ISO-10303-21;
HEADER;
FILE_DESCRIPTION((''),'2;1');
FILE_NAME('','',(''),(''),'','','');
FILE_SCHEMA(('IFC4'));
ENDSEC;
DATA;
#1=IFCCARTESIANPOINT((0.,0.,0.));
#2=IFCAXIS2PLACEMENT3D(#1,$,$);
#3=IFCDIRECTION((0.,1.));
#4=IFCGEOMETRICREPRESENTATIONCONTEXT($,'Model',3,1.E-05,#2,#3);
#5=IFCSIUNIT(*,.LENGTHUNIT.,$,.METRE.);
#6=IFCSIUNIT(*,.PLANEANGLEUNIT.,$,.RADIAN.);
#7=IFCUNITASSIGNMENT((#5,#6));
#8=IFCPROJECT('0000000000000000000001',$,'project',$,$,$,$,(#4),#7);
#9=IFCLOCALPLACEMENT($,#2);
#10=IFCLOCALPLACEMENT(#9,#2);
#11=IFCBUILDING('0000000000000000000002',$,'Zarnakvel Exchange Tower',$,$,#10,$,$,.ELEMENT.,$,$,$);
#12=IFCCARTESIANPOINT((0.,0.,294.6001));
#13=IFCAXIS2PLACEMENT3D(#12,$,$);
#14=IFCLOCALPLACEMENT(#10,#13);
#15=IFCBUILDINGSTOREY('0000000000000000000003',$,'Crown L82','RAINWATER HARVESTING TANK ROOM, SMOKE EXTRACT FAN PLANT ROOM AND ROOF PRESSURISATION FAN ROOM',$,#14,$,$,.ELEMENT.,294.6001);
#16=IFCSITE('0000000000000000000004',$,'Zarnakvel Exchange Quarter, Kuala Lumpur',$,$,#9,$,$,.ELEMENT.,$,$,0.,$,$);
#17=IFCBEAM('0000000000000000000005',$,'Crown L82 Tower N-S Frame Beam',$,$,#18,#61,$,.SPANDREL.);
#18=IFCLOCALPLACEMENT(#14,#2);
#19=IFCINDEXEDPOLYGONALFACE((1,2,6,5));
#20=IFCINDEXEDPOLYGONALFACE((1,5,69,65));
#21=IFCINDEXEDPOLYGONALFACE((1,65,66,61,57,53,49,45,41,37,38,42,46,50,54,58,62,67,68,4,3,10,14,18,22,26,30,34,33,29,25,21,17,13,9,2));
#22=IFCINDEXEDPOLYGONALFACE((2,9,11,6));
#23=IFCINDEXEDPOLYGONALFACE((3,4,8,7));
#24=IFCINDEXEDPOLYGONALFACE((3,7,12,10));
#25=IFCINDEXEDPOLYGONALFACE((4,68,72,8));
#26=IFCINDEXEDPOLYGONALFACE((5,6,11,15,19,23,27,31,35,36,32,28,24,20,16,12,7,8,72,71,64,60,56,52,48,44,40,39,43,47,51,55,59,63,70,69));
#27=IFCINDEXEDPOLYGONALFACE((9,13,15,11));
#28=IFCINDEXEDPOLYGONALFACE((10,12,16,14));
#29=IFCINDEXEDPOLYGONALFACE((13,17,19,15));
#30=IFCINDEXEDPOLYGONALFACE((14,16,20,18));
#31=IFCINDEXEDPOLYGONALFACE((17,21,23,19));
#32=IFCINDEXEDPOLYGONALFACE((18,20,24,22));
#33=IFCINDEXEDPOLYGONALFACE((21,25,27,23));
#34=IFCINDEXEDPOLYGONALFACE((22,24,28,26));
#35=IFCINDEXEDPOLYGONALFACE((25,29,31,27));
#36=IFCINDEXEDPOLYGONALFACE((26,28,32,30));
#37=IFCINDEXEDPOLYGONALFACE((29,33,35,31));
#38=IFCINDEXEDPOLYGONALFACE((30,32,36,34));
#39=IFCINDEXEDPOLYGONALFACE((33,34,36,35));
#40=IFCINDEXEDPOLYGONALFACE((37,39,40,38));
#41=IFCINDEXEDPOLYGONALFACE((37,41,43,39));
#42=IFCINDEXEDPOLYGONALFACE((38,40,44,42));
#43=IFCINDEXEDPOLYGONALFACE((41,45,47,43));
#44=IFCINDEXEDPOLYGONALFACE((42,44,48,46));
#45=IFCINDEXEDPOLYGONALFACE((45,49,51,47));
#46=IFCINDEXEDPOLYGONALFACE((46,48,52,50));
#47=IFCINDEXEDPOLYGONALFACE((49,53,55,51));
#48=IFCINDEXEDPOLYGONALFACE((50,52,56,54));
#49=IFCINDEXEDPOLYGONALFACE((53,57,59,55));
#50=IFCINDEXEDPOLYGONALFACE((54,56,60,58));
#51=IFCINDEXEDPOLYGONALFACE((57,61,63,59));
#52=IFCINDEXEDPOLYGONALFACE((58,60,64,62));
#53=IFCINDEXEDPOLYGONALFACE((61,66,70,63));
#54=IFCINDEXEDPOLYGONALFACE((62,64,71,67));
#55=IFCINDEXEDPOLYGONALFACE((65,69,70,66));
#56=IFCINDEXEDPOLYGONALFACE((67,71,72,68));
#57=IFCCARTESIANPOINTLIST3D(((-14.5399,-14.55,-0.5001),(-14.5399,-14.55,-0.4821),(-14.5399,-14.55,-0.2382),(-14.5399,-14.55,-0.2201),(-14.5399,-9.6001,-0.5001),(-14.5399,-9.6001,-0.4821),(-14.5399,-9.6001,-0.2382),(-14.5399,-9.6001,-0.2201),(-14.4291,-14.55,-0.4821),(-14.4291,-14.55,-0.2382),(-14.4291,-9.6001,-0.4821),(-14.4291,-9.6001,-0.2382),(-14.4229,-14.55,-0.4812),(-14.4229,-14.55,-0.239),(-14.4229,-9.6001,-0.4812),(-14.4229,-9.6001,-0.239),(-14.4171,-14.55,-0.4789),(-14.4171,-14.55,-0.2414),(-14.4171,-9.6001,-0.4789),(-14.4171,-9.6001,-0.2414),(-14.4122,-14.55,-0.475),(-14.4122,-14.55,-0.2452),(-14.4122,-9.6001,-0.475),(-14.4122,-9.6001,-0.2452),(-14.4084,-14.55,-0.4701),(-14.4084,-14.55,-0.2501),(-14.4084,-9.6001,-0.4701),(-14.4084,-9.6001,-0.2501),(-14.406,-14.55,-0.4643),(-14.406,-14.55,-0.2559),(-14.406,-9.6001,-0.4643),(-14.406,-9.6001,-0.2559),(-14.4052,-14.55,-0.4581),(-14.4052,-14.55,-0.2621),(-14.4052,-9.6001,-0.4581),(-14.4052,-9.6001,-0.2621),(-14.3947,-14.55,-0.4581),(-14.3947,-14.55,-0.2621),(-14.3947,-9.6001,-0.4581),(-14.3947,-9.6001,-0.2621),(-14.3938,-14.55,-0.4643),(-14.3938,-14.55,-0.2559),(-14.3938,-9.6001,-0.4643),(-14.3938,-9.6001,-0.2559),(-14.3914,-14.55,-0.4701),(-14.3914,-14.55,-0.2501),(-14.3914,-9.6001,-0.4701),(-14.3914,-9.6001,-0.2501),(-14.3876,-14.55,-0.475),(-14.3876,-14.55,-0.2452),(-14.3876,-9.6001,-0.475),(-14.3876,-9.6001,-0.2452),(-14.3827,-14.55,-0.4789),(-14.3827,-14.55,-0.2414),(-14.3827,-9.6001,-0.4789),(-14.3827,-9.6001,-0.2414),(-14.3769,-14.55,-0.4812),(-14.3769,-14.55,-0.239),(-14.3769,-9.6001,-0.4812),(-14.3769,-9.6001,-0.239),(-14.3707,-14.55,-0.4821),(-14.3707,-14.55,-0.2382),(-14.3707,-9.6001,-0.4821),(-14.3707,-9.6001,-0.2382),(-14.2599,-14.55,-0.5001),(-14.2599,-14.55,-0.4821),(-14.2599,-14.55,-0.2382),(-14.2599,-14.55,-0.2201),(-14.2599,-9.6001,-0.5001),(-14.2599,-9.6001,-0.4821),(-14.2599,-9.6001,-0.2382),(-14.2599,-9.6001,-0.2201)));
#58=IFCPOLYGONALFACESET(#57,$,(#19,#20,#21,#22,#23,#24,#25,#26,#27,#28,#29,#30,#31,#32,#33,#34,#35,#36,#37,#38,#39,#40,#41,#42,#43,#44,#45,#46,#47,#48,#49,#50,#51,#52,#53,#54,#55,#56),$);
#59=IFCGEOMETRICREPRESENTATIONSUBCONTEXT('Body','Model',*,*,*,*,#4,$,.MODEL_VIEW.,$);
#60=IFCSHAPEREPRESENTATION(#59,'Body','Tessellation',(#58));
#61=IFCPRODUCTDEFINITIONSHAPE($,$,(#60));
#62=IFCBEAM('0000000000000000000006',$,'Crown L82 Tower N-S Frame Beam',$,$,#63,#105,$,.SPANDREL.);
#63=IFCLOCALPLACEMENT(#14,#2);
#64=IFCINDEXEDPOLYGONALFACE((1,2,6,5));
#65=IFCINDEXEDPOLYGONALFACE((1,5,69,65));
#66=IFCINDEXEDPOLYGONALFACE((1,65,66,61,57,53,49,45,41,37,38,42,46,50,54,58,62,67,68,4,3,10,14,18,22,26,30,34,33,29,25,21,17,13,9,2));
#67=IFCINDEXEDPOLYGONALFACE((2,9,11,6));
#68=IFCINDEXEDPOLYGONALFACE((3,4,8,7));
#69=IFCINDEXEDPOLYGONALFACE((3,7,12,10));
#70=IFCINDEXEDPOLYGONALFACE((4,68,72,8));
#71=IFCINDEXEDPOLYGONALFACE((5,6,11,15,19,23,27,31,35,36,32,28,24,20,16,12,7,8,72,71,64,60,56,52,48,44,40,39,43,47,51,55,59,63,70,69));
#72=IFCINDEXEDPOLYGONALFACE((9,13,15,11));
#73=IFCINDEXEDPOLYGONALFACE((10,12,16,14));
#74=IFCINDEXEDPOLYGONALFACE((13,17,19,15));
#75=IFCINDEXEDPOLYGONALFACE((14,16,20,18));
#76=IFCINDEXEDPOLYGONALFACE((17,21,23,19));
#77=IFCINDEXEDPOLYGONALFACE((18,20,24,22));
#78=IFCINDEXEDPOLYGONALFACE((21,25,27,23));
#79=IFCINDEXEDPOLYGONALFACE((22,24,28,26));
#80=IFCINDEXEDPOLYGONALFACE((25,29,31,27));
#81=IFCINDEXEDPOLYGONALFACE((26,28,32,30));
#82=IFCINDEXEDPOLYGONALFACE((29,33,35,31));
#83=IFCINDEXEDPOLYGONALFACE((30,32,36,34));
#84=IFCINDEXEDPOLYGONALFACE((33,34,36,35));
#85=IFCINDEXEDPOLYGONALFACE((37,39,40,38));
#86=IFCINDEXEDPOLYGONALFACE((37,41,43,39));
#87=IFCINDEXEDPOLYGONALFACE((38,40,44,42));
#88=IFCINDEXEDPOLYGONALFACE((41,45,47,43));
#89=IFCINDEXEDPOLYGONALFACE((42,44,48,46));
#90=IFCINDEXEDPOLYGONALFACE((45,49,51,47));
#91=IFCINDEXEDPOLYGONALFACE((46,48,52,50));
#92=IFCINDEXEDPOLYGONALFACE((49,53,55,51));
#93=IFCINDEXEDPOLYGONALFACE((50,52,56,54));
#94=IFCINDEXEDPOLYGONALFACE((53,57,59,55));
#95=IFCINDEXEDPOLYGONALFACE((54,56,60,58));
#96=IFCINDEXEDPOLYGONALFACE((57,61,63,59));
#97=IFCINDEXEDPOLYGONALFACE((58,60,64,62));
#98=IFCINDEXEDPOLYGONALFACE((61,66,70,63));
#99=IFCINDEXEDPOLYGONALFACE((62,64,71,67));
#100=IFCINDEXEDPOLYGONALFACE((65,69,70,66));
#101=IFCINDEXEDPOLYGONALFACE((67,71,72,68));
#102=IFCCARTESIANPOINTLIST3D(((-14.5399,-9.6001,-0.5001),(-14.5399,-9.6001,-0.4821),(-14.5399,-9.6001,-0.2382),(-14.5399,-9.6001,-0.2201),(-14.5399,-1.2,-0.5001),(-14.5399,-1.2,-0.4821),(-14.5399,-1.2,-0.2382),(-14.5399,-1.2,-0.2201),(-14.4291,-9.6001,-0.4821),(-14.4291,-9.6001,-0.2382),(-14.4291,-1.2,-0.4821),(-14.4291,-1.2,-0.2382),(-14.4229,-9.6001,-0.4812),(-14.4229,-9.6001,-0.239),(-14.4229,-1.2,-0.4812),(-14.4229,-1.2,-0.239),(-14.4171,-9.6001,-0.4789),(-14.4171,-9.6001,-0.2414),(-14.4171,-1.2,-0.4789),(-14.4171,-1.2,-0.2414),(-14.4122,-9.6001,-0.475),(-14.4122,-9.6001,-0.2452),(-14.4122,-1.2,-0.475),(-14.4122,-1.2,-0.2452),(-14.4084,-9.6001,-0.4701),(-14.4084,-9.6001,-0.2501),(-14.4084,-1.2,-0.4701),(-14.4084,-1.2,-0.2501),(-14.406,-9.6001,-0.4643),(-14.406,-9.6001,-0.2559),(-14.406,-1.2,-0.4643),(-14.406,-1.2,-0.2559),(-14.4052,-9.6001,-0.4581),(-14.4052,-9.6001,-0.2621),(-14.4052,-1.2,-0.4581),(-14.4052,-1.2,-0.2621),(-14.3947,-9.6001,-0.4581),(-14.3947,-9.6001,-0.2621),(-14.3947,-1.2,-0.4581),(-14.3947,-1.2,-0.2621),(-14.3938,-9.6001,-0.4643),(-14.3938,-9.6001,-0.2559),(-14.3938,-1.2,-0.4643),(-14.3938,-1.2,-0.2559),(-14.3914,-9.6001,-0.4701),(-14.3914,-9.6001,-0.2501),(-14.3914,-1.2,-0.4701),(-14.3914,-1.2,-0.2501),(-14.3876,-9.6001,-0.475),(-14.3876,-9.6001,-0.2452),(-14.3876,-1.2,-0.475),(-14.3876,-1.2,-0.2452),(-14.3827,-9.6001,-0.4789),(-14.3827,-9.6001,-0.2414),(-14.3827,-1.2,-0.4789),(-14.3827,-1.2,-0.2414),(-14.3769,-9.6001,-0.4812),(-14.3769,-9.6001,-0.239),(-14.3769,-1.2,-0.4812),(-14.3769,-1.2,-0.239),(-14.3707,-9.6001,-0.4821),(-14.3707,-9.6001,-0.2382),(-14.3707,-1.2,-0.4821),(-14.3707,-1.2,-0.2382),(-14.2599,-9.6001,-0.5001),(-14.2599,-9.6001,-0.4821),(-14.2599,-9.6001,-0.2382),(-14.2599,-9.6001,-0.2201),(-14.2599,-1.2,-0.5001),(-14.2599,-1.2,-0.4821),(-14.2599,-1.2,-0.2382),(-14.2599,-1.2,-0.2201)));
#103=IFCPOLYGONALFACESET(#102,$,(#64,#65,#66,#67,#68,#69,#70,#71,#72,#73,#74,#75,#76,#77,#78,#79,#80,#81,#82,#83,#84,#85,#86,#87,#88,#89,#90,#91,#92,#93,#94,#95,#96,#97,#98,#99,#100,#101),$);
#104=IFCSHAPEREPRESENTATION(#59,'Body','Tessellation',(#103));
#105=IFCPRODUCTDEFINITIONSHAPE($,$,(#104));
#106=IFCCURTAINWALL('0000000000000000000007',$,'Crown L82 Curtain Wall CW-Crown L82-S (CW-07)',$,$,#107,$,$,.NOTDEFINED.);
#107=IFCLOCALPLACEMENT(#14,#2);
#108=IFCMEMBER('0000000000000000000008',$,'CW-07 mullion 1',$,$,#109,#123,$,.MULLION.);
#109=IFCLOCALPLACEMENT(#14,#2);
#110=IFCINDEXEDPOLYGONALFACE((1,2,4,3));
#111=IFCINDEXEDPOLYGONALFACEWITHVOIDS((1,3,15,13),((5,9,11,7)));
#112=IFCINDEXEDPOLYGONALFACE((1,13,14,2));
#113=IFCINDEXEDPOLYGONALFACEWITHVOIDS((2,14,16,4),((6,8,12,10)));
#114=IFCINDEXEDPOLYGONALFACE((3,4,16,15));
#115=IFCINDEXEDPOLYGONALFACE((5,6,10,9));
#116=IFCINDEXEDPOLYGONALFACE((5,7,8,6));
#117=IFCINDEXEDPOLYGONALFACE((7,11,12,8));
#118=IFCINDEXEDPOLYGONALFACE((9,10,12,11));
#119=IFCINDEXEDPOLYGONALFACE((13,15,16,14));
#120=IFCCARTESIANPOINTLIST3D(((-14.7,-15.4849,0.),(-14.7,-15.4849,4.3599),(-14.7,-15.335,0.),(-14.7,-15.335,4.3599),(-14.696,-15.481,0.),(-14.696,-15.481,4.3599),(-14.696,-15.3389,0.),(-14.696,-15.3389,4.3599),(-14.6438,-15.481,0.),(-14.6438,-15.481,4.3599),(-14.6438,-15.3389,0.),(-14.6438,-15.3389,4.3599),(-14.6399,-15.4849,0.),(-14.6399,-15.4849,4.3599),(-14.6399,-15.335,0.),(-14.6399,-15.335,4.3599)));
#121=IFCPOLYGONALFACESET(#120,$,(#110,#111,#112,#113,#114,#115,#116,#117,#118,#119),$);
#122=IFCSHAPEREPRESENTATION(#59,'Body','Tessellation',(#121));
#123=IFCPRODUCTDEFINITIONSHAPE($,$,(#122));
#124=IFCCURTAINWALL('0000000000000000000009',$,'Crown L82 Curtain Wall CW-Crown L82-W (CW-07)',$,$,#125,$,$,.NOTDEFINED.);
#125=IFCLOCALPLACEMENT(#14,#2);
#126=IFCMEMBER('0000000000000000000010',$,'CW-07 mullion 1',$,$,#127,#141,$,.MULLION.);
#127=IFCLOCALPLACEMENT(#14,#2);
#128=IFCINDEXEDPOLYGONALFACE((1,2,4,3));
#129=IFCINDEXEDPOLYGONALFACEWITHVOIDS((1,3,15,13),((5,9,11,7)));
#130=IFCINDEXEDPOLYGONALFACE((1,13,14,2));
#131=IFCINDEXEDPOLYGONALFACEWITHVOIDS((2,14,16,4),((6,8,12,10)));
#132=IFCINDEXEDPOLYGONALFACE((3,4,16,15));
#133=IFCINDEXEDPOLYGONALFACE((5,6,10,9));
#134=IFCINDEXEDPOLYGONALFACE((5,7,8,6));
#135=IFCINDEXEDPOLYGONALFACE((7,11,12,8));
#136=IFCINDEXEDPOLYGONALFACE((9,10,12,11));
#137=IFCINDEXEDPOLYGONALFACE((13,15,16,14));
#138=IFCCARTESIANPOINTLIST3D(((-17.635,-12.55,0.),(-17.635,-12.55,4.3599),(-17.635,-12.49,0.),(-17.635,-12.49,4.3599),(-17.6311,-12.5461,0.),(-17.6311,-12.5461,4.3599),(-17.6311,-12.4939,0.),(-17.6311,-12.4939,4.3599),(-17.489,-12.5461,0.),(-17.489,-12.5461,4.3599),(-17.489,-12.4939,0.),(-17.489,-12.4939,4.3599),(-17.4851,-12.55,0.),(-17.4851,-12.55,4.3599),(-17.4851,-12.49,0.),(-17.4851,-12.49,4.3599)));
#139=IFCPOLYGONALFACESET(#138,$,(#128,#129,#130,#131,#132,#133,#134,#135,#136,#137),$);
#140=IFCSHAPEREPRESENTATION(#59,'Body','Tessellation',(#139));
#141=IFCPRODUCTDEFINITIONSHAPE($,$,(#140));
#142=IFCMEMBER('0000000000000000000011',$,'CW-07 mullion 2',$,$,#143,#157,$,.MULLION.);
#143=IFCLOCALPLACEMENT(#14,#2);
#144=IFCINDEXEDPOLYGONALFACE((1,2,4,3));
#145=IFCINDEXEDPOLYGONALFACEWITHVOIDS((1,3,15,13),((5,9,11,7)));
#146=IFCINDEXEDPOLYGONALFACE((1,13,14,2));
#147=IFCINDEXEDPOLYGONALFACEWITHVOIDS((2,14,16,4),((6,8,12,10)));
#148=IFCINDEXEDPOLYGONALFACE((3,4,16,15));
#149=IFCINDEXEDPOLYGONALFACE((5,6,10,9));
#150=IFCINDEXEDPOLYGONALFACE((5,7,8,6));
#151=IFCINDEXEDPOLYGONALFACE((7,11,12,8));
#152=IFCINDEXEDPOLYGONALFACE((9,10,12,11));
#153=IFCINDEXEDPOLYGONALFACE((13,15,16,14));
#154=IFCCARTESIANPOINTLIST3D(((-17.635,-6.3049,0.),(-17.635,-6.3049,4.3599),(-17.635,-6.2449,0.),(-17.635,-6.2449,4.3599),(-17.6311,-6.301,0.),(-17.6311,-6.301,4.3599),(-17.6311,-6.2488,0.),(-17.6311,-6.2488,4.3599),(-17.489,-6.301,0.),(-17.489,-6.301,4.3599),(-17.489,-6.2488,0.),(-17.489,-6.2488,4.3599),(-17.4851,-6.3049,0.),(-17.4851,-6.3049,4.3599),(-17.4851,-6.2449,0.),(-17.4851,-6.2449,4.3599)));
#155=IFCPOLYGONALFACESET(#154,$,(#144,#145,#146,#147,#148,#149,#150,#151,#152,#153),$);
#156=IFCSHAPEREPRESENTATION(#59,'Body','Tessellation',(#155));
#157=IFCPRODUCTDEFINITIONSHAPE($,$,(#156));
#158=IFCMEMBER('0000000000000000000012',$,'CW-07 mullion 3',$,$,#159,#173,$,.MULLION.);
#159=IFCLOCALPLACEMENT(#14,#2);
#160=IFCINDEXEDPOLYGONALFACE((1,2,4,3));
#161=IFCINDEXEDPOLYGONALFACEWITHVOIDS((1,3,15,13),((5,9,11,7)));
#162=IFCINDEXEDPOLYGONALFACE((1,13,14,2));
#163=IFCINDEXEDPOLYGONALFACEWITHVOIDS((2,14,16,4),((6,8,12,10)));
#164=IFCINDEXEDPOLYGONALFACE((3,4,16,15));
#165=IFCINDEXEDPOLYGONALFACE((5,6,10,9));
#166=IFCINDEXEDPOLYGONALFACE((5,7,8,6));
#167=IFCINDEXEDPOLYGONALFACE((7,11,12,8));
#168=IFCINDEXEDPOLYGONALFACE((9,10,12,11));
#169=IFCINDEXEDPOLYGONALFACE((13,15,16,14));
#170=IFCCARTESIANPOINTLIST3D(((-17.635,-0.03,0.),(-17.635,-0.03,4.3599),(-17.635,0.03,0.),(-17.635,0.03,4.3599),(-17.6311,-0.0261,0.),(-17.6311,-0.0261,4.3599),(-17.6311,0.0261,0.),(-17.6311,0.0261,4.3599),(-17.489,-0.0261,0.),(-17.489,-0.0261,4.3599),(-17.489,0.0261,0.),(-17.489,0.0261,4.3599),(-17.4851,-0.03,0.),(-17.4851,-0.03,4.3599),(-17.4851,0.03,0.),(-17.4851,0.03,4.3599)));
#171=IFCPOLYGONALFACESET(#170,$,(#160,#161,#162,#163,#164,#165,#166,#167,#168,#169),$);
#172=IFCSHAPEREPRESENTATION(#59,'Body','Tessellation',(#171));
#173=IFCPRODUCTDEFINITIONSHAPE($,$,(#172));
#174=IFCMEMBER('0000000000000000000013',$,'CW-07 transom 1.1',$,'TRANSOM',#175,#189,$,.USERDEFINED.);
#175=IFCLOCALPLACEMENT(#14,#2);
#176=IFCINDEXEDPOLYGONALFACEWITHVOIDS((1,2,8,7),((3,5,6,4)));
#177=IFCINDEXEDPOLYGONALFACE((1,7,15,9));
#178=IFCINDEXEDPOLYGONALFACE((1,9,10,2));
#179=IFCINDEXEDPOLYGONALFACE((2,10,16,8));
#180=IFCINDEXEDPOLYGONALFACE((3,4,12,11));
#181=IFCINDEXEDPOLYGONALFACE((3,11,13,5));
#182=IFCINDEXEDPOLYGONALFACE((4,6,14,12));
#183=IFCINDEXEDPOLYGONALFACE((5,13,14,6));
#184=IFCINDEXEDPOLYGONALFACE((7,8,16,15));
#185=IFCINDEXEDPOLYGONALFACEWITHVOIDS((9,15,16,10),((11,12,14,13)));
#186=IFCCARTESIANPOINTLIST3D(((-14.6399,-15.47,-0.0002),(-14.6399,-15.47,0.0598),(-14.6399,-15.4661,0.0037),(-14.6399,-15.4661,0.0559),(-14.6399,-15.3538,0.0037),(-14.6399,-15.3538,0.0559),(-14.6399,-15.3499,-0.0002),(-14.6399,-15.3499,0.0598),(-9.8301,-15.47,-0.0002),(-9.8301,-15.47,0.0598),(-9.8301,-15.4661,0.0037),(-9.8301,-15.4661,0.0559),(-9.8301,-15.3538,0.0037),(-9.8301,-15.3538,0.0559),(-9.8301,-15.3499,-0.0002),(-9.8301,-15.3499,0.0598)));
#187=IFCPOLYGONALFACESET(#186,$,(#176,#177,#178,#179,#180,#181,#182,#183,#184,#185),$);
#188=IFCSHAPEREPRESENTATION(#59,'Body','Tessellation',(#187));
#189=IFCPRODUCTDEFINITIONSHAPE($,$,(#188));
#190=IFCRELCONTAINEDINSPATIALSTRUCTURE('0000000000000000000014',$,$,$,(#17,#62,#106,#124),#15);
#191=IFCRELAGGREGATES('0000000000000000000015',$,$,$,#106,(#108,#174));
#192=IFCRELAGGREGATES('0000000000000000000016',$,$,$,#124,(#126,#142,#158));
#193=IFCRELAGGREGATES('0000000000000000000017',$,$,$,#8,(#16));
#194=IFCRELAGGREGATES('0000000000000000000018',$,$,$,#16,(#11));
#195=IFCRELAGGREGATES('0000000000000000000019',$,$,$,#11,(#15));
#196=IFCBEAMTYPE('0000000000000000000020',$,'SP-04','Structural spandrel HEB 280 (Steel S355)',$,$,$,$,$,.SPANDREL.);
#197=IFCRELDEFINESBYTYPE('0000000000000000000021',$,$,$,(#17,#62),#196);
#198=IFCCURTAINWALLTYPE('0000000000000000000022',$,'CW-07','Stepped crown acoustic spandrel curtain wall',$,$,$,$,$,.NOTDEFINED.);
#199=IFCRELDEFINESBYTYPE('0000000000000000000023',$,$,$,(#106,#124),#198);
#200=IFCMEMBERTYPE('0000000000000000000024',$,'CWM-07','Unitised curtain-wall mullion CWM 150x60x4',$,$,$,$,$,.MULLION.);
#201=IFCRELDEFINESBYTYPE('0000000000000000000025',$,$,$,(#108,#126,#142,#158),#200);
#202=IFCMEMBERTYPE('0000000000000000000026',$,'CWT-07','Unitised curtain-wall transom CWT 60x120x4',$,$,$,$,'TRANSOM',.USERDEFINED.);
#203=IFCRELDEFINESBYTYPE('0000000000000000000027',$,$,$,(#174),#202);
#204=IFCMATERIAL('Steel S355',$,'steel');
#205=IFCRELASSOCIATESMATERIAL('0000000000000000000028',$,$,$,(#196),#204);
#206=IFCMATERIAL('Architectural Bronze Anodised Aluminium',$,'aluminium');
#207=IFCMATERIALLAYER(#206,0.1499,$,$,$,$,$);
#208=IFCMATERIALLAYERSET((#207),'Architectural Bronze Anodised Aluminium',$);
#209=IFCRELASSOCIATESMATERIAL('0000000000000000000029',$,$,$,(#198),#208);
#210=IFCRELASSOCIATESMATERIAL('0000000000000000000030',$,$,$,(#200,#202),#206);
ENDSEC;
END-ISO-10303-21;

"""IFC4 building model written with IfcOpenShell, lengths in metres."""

from ifc_helpers import new_model, si_unit, direction, frame, origin, origin_2d, place, context, subcontext, project, spatial, hollow_rectangle, i_section, extrude, source, transform, mapped, material, layer, layer_set, material_profile, profile_set, type_object, element, aggregate, save


model = new_model("IFC4")

# Units and contexts
model_context = context("Model", 3, precision=1e-05, world=origin(), true_north=direction((0.0, 1.0)))
body_context = subcontext(model_context, "Body", "Model", "MODEL_VIEW")
ifc_project = project(units=[si_unit("LENGTHUNIT", "METRE"), si_unit("PLANEANGLEUNIT", "RADIAN")], contexts=[model_context])

# Site, building, storey
site_placement = place(None, origin())
site = spatial("IfcSite", under=ifc_project, at=site_placement, Name="Zarnakvel Exchange Quarter, Kuala Lumpur", CompositionType="ELEMENT", RefElevation=0.0)
building_placement = place(site_placement, origin())
building = spatial("IfcBuilding", under=site, at=building_placement, Name="Zarnakvel Exchange Tower", CompositionType="ELEMENT")
storey_placement = place(building_placement, frame((0.0, 0.0, 294.6001)))
storey = spatial("IfcBuildingStorey", under=building, at=storey_placement, Name="Crown L82", Description="RAINWATER HARVESTING TANK ROOM, SMOKE EXTRACT FAN PLANT ROOM AND ROOF PRESSURISATION FAN ROOM", CompositionType="ELEMENT", Elevation=294.6001)

# Shared definitions
ifc_material_1 = material(Name="Steel S355", Category="steel")

# Beams
ifc_material_profile_1 = material_profile(ifc_material_1, i_section(OverallWidth=0.28, OverallDepth=0.28, WebThickness=0.0105, FlangeThickness=0.0181, FilletRadius=0.0239, at=origin_2d()))
ifc_profile_set_1 = profile_set([ifc_material_profile_1], Name="Steel S355")
beam_type_1 = type_object("IfcBeamType", Name="SP-04", Description="Structural spandrel HEB 280 (Steel S355)", PredefinedType="SPANDREL", material=ifc_profile_set_1)
beam_1_placement = place(storey_placement, frame((-14.3999, -14.55, -0.3601), z_axis=(0.0, 1.0, 0.0), x_axis=(-1.0, 0.0, 0.0)))
element("IfcBeam", 1, at=beam_1_placement, inside=storey, type_object=beam_type_1, Name="Crown L82 Tower N-S Frame Beam", PredefinedType="SPANDREL", context=body_context, shape_type="SweptSolid", body=[
    extrude(i_section(OverallWidth=0.28, OverallDepth=0.28, WebThickness=0.0105, FlangeThickness=0.0181, FilletRadius=0.0239, at=origin_2d()), origin(), (0.0, 0.0, 1.0), 4.95),
])
beam_2_placement = place(storey_placement, frame((-14.3999, -9.6001, -0.3601), z_axis=(0.0, 1.0, 0.0), x_axis=(-1.0, 0.0, 0.0)))
element("IfcBeam", 2, at=beam_2_placement, inside=storey, type_object=beam_type_1, Name="Crown L82 Tower N-S Frame Beam", PredefinedType="SPANDREL", context=body_context, shape_type="SweptSolid", body=[
    extrude(i_section(OverallWidth=0.28, OverallDepth=0.28, WebThickness=0.0105, FlangeThickness=0.0181, FilletRadius=0.0239, at=origin_2d()), origin(), (0.0, 0.0, 1.0), 8.4001),
])

# Curtain wall, member
ifc_material_2 = material(Name="Architectural Bronze Anodised Aluminium", Category="aluminium")
ifc_layer_1 = layer(ifc_material_2, 0.1499)
ifc_layer_set_1 = layer_set([ifc_layer_1], Name="Architectural Bronze Anodised Aluminium")
curtain_wall_type = type_object("IfcCurtainWallType", Name="CW-07", Description="Stepped crown acoustic spandrel curtain wall", PredefinedType="NOTDEFINED", material=ifc_layer_set_1)
curtain_wall_1_placement = place(storey_placement, origin())
curtain_wall_1 = element("IfcCurtainWall", 3, at=curtain_wall_1_placement, inside=storey, type_object=curtain_wall_type, Name="Crown L82 Curtain Wall CW-Crown L82-S (CW-07)", PredefinedType="NOTDEFINED")
ifc_material_profile_2 = material_profile(ifc_material_2, hollow_rectangle(XDim=0.1499, YDim=0.0601, WallThickness=0.0039, at=origin_2d()))
ifc_profile_set_2 = profile_set([ifc_material_profile_2], Name="Architectural Bronze Anodised Aluminium")
member_type_1 = type_object("IfcMemberType", Name="CWM-07", Description="Unitised curtain-wall mullion CWM 150x60x4", PredefinedType="MULLION", material=ifc_profile_set_2)
shared_shape_1 = source(origin(), body_context, "Body", "SweptSolid", [
    extrude(hollow_rectangle(XDim=0.1499, YDim=0.0601, WallThickness=0.0039, at=origin_2d()), origin(), (0.0, 0.0, 1.0), 4.3599),
])
member_1_placement = place(storey_placement, frame((-14.6699, -15.4099, 0.0), z_axis=(0.0, 0.0, 1.0), x_axis=(0.0, 1.0, 0.0)))
member_1 = element("IfcMember", 4, at=member_1_placement, type_object=member_type_1, Name="CW-07 mullion 1", PredefinedType="MULLION", context=body_context, shape_type="MappedRepresentation", body=[
    mapped(shared_shape_1, transform((0.0, 0.0, 0.0), x_axis=(1.0, 0.0, 0.0), y_axis=(0.0, 1.0, 0.0), z_axis=(0.0, 0.0, 1.0), scale=1.0)),
])

# Curtain wall, members
curtain_wall_2_placement = place(storey_placement, origin())
curtain_wall_2 = element("IfcCurtainWall", 5, at=curtain_wall_2_placement, inside=storey, type_object=curtain_wall_type, Name="Crown L82 Curtain Wall CW-Crown L82-W (CW-07)", PredefinedType="NOTDEFINED")
member_2_placement = place(storey_placement, frame((-17.5601, -12.52, 0.0), z_axis=(0.0, 0.0, 1.0), x_axis=(-1.0, 0.0, 0.0)))
member_2 = element("IfcMember", 6, at=member_2_placement, type_object=member_type_1, Name="CW-07 mullion 1", PredefinedType="MULLION", context=body_context, shape_type="MappedRepresentation", body=[
    mapped(shared_shape_1, transform((0.0, 0.0, 0.0), x_axis=(1.0, 0.0, 0.0), y_axis=(0.0, 1.0, 0.0), z_axis=(0.0, 0.0, 1.0), scale=1.0)),
])
member_3_placement = place(storey_placement, frame((-17.5601, -6.2749, 0.0), z_axis=(0.0, 0.0, 1.0), x_axis=(-1.0, 0.0, 0.0)))
member_3 = element("IfcMember", 7, at=member_3_placement, type_object=member_type_1, Name="CW-07 mullion 2", PredefinedType="MULLION", context=body_context, shape_type="MappedRepresentation", body=[
    mapped(shared_shape_1, transform((0.0, 0.0, 0.0), x_axis=(1.0, 0.0, 0.0), y_axis=(0.0, 1.0, 0.0), z_axis=(0.0, 0.0, 1.0), scale=1.0)),
])
member_4_placement = place(storey_placement, frame((-17.5601, 0.0, 0.0), z_axis=(0.0, 0.0, 1.0), x_axis=(-1.0, 0.0, 0.0)))
member_4 = element("IfcMember", 8, at=member_4_placement, type_object=member_type_1, Name="CW-07 mullion 3", PredefinedType="MULLION", context=body_context, shape_type="MappedRepresentation", body=[
    mapped(shared_shape_1, transform((0.0, 0.0, 0.0), x_axis=(1.0, 0.0, 0.0), y_axis=(0.0, 1.0, 0.0), z_axis=(0.0, 0.0, 1.0), scale=1.0)),
])

# Member
ifc_material_profile_3 = material_profile(ifc_material_2, hollow_rectangle(XDim=0.1201, YDim=0.0601, WallThickness=0.0039, at=origin_2d()))
ifc_profile_set_3 = profile_set([ifc_material_profile_3], Name="Architectural Bronze Anodised Aluminium")
member_type_2 = type_object("IfcMemberType", Name="CWT-07", Description="Unitised curtain-wall transom CWT 60x120x4", ElementType="TRANSOM", PredefinedType="USERDEFINED", material=ifc_profile_set_3)
shared_shape_2 = source(origin(), body_context, "Body", "SweptSolid", [
    extrude(hollow_rectangle(XDim=0.1201, YDim=0.0601, WallThickness=0.0039, at=origin_2d()), origin(), (0.0, 0.0, 1.0), 4.8098),
])
member_5_placement = place(storey_placement, frame((-14.6399, -15.4099, 0.0298), z_axis=(1.0, 0.0, 0.0), x_axis=(0.0, 1.0, 0.0)))
member_5 = element("IfcMember", 9, at=member_5_placement, type_object=member_type_2, Name="CW-07 transom 1.1", ObjectType="TRANSOM", PredefinedType="USERDEFINED", context=body_context, shape_type="MappedRepresentation", body=[
    mapped(shared_shape_2, transform((0.0, 0.0, 0.0), x_axis=(1.0, 0.0, 0.0), y_axis=(0.0, 1.0, 0.0), z_axis=(0.0, 0.0, 1.0), scale=1.0)),
])
aggregate(curtain_wall_1, [member_1, member_5])

aggregate(curtain_wall_2, [member_2, member_3, member_4])

save(model, "model.ifc")
